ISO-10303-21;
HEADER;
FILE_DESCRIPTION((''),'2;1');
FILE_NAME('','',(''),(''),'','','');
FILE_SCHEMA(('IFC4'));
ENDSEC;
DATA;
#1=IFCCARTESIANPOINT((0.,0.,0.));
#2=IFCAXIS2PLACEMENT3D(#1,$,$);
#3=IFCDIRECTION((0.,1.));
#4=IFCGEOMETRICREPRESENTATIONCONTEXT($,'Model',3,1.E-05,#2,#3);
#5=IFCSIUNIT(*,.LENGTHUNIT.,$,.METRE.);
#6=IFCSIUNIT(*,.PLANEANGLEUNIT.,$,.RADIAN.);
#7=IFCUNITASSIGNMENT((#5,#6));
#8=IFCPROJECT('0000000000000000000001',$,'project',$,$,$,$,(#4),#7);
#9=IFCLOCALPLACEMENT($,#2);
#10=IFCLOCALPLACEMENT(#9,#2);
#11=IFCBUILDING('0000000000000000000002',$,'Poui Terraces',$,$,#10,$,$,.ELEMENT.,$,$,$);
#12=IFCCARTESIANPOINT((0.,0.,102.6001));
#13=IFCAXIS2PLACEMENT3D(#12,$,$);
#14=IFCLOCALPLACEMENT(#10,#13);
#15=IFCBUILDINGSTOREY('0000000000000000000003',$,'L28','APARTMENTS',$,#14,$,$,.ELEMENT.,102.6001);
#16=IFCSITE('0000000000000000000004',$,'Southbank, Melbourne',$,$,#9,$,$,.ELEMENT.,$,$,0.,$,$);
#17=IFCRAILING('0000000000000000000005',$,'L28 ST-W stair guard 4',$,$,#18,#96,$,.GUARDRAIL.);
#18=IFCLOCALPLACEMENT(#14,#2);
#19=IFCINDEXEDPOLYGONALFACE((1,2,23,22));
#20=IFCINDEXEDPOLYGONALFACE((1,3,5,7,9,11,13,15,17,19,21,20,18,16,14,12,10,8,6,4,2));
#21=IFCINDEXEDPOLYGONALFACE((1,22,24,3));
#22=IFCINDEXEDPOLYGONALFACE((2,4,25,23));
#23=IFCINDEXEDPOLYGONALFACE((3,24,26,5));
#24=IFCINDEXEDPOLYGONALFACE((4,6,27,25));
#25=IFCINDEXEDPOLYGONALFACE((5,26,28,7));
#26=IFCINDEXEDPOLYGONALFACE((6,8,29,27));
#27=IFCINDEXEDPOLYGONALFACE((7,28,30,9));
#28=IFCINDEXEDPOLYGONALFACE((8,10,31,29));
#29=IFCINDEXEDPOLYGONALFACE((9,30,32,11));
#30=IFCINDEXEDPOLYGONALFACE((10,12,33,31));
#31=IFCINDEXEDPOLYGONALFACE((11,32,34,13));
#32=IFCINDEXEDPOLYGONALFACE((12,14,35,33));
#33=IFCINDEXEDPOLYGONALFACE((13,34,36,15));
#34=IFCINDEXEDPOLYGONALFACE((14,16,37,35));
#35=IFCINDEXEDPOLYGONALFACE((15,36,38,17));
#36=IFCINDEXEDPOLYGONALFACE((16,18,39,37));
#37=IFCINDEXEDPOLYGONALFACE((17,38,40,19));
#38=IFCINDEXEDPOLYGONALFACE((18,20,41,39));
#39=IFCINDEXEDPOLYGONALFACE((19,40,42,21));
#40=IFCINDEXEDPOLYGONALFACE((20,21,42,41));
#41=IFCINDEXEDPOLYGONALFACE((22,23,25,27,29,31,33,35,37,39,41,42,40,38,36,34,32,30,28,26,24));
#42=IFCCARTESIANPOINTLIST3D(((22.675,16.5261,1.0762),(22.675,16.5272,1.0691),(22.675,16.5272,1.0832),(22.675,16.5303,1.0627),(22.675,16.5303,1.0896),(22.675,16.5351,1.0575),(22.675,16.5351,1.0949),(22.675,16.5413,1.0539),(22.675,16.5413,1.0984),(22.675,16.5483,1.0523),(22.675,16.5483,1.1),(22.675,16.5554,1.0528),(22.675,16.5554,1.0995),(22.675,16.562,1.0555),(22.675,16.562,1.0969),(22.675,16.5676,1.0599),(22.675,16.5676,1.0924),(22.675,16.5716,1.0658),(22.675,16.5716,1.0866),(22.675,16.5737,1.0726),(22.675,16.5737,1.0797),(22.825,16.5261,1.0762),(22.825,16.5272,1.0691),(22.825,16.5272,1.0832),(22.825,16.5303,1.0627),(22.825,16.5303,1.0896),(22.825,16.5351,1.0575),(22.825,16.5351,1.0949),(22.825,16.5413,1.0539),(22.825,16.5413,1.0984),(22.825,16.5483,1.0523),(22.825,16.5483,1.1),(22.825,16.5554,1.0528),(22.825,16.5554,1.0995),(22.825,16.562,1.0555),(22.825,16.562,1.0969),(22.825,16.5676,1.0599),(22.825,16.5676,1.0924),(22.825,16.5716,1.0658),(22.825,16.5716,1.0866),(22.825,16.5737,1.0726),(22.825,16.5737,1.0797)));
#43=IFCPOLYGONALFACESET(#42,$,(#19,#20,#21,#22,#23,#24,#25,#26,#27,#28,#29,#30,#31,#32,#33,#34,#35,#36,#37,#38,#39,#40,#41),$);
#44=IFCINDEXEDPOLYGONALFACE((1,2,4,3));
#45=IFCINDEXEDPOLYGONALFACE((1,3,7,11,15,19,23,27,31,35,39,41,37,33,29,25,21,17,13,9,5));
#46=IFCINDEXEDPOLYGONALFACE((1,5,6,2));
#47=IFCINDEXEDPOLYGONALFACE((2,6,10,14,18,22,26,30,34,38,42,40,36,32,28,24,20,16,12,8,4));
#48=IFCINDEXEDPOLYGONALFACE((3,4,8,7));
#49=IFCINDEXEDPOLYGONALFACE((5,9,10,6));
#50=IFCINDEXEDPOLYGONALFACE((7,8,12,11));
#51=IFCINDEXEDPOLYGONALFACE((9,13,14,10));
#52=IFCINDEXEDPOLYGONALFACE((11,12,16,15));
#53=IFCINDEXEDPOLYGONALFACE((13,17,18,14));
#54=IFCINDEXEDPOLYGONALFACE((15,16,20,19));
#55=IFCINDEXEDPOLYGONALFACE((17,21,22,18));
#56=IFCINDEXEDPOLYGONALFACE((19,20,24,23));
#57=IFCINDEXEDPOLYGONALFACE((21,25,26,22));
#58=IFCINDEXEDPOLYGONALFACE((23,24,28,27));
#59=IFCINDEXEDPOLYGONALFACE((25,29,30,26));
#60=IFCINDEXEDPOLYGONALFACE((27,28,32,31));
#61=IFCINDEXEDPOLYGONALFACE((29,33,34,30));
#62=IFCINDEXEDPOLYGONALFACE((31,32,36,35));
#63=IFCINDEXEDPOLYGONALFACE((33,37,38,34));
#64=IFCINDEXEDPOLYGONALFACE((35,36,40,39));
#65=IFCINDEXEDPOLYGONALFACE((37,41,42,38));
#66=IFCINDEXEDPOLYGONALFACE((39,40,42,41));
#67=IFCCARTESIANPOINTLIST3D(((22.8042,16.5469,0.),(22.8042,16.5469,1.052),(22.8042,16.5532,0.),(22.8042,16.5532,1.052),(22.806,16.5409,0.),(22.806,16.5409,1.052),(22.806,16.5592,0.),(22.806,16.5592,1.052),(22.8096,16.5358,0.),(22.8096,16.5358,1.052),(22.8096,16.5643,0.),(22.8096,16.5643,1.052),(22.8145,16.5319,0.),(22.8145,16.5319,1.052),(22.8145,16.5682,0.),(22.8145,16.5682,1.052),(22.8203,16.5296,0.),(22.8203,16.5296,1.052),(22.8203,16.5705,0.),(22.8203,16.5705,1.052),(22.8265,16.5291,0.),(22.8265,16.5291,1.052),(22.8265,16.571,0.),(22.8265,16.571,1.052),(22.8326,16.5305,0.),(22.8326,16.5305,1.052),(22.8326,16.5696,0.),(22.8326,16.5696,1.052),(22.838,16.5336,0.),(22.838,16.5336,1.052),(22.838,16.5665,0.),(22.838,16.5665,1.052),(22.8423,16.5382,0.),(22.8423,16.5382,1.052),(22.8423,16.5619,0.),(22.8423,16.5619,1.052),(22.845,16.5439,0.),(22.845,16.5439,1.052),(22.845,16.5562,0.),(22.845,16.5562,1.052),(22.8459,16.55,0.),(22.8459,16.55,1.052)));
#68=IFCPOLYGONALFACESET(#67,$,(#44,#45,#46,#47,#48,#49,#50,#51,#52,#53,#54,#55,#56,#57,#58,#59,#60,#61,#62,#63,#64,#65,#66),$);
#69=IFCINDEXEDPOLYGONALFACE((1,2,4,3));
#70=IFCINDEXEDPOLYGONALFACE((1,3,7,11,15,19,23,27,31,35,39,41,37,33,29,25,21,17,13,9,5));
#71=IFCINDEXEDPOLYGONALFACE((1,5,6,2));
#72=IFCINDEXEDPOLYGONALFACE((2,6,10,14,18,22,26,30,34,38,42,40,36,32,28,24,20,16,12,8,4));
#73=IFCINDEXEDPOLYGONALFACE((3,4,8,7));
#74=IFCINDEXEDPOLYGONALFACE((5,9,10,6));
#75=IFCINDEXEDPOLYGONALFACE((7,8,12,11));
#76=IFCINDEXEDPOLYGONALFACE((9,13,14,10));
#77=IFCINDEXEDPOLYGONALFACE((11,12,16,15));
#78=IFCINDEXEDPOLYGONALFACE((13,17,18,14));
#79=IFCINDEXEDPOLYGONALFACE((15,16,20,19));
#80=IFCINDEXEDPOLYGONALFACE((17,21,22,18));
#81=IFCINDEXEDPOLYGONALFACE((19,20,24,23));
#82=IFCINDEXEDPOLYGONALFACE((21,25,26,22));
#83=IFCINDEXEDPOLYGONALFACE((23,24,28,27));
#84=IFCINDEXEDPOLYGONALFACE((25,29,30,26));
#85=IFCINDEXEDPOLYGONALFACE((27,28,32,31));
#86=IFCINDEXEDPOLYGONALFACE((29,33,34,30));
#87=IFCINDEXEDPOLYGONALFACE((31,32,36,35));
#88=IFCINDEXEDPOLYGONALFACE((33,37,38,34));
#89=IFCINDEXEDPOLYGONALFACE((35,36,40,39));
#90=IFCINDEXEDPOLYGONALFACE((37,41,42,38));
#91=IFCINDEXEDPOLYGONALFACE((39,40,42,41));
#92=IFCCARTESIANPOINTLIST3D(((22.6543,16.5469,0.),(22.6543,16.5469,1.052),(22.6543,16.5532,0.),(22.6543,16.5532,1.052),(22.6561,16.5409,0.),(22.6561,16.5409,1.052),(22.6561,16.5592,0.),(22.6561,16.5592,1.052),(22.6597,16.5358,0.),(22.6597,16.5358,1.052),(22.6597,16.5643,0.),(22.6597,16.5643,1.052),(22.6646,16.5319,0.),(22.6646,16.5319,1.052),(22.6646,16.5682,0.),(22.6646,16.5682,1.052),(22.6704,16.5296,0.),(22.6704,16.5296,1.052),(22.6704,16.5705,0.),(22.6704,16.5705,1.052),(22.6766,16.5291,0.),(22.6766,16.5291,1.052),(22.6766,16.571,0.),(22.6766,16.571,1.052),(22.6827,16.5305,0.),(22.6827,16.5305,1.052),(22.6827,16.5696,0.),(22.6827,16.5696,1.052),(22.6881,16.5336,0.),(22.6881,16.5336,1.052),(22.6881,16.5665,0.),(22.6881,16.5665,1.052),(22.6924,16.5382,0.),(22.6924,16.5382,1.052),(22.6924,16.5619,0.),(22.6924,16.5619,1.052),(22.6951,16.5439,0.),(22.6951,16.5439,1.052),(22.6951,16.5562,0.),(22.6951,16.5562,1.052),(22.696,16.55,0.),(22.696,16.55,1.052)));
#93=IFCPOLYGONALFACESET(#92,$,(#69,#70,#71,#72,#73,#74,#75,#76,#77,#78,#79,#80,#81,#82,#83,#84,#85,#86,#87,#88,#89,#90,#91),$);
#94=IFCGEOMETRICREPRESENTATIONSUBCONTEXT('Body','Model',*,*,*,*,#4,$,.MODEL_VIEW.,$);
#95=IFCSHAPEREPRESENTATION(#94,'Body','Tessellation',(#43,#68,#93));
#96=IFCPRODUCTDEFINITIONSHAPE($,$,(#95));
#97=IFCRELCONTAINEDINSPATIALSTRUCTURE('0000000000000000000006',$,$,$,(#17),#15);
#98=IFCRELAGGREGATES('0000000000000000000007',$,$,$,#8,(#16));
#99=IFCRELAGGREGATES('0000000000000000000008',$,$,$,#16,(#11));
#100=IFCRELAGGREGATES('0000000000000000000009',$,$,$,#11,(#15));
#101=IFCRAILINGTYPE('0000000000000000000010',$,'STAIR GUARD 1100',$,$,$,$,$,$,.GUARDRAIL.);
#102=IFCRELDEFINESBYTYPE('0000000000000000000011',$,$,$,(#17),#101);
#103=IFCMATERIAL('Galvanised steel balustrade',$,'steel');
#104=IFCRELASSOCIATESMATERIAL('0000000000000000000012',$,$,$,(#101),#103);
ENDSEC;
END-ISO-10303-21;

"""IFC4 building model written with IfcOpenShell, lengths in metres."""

from ifc_helpers import new_model, si_unit, direction, frame, origin, origin_2d, place, context, subcontext, project, spatial, circle, extrude, material, type_object, element, save


model = new_model("IFC4")

# Units and contexts
model_context = context("Model", 3, precision=1e-05, world=origin(), true_north=direction((0.0, 1.0)))
body_context = subcontext(model_context, "Body", "Model", "MODEL_VIEW")
ifc_project = project(units=[si_unit("LENGTHUNIT", "METRE"), si_unit("PLANEANGLEUNIT", "RADIAN")], contexts=[model_context])

# Site, building, storey
site_placement = place(None, origin())
site = spatial("IfcSite", under=ifc_project, at=site_placement, Name="Southbank, Melbourne", CompositionType="ELEMENT", RefElevation=0.0)
building_placement = place(site_placement, origin())
building = spatial("IfcBuilding", under=site, at=building_placement, Name="Poui Terraces", CompositionType="ELEMENT")
storey_placement = place(building_placement, frame((0.0, 0.0, 102.6001)))
storey = spatial("IfcBuildingStorey", under=building, at=storey_placement, Name="L28", Description="APARTMENTS", CompositionType="ELEMENT", Elevation=102.6001)

# Railing
ifc_material_1 = material(Name="Galvanised steel balustrade", Category="steel")
railing_type_1 = type_object("IfcRailingType", Name="STAIR GUARD 1100", PredefinedType="GUARDRAIL", material=ifc_material_1)
railing_1_placement = place(storey_placement, frame((22.825, 16.55, 0.0)))
element("IfcRailing", 1, at=railing_1_placement, inside=storey, type_object=railing_type_1, Name="L28 ST-W stair guard 4", PredefinedType="GUARDRAIL", context=body_context, shape_type="SweptSolid", body=[
    extrude(circle(Radius=0.0239, at=origin_2d()), frame((0.0, 0.0, 1.0762), z_axis=(-1.0, 0.0, 0.0), x_axis=(0.0, -1.0, 0.0)), (0.0, 0.0, 1.0), 0.1499),
    extrude(circle(Radius=0.021, at=origin_2d()), origin(), (0.0, 0.0, 1.0), 1.052),
    extrude(circle(Radius=0.021, at=origin_2d()), frame((-0.1499, 0.0, 0.0)), (0.0, 0.0, 1.0), 1.052),
])

save(model, "model.ifc")
